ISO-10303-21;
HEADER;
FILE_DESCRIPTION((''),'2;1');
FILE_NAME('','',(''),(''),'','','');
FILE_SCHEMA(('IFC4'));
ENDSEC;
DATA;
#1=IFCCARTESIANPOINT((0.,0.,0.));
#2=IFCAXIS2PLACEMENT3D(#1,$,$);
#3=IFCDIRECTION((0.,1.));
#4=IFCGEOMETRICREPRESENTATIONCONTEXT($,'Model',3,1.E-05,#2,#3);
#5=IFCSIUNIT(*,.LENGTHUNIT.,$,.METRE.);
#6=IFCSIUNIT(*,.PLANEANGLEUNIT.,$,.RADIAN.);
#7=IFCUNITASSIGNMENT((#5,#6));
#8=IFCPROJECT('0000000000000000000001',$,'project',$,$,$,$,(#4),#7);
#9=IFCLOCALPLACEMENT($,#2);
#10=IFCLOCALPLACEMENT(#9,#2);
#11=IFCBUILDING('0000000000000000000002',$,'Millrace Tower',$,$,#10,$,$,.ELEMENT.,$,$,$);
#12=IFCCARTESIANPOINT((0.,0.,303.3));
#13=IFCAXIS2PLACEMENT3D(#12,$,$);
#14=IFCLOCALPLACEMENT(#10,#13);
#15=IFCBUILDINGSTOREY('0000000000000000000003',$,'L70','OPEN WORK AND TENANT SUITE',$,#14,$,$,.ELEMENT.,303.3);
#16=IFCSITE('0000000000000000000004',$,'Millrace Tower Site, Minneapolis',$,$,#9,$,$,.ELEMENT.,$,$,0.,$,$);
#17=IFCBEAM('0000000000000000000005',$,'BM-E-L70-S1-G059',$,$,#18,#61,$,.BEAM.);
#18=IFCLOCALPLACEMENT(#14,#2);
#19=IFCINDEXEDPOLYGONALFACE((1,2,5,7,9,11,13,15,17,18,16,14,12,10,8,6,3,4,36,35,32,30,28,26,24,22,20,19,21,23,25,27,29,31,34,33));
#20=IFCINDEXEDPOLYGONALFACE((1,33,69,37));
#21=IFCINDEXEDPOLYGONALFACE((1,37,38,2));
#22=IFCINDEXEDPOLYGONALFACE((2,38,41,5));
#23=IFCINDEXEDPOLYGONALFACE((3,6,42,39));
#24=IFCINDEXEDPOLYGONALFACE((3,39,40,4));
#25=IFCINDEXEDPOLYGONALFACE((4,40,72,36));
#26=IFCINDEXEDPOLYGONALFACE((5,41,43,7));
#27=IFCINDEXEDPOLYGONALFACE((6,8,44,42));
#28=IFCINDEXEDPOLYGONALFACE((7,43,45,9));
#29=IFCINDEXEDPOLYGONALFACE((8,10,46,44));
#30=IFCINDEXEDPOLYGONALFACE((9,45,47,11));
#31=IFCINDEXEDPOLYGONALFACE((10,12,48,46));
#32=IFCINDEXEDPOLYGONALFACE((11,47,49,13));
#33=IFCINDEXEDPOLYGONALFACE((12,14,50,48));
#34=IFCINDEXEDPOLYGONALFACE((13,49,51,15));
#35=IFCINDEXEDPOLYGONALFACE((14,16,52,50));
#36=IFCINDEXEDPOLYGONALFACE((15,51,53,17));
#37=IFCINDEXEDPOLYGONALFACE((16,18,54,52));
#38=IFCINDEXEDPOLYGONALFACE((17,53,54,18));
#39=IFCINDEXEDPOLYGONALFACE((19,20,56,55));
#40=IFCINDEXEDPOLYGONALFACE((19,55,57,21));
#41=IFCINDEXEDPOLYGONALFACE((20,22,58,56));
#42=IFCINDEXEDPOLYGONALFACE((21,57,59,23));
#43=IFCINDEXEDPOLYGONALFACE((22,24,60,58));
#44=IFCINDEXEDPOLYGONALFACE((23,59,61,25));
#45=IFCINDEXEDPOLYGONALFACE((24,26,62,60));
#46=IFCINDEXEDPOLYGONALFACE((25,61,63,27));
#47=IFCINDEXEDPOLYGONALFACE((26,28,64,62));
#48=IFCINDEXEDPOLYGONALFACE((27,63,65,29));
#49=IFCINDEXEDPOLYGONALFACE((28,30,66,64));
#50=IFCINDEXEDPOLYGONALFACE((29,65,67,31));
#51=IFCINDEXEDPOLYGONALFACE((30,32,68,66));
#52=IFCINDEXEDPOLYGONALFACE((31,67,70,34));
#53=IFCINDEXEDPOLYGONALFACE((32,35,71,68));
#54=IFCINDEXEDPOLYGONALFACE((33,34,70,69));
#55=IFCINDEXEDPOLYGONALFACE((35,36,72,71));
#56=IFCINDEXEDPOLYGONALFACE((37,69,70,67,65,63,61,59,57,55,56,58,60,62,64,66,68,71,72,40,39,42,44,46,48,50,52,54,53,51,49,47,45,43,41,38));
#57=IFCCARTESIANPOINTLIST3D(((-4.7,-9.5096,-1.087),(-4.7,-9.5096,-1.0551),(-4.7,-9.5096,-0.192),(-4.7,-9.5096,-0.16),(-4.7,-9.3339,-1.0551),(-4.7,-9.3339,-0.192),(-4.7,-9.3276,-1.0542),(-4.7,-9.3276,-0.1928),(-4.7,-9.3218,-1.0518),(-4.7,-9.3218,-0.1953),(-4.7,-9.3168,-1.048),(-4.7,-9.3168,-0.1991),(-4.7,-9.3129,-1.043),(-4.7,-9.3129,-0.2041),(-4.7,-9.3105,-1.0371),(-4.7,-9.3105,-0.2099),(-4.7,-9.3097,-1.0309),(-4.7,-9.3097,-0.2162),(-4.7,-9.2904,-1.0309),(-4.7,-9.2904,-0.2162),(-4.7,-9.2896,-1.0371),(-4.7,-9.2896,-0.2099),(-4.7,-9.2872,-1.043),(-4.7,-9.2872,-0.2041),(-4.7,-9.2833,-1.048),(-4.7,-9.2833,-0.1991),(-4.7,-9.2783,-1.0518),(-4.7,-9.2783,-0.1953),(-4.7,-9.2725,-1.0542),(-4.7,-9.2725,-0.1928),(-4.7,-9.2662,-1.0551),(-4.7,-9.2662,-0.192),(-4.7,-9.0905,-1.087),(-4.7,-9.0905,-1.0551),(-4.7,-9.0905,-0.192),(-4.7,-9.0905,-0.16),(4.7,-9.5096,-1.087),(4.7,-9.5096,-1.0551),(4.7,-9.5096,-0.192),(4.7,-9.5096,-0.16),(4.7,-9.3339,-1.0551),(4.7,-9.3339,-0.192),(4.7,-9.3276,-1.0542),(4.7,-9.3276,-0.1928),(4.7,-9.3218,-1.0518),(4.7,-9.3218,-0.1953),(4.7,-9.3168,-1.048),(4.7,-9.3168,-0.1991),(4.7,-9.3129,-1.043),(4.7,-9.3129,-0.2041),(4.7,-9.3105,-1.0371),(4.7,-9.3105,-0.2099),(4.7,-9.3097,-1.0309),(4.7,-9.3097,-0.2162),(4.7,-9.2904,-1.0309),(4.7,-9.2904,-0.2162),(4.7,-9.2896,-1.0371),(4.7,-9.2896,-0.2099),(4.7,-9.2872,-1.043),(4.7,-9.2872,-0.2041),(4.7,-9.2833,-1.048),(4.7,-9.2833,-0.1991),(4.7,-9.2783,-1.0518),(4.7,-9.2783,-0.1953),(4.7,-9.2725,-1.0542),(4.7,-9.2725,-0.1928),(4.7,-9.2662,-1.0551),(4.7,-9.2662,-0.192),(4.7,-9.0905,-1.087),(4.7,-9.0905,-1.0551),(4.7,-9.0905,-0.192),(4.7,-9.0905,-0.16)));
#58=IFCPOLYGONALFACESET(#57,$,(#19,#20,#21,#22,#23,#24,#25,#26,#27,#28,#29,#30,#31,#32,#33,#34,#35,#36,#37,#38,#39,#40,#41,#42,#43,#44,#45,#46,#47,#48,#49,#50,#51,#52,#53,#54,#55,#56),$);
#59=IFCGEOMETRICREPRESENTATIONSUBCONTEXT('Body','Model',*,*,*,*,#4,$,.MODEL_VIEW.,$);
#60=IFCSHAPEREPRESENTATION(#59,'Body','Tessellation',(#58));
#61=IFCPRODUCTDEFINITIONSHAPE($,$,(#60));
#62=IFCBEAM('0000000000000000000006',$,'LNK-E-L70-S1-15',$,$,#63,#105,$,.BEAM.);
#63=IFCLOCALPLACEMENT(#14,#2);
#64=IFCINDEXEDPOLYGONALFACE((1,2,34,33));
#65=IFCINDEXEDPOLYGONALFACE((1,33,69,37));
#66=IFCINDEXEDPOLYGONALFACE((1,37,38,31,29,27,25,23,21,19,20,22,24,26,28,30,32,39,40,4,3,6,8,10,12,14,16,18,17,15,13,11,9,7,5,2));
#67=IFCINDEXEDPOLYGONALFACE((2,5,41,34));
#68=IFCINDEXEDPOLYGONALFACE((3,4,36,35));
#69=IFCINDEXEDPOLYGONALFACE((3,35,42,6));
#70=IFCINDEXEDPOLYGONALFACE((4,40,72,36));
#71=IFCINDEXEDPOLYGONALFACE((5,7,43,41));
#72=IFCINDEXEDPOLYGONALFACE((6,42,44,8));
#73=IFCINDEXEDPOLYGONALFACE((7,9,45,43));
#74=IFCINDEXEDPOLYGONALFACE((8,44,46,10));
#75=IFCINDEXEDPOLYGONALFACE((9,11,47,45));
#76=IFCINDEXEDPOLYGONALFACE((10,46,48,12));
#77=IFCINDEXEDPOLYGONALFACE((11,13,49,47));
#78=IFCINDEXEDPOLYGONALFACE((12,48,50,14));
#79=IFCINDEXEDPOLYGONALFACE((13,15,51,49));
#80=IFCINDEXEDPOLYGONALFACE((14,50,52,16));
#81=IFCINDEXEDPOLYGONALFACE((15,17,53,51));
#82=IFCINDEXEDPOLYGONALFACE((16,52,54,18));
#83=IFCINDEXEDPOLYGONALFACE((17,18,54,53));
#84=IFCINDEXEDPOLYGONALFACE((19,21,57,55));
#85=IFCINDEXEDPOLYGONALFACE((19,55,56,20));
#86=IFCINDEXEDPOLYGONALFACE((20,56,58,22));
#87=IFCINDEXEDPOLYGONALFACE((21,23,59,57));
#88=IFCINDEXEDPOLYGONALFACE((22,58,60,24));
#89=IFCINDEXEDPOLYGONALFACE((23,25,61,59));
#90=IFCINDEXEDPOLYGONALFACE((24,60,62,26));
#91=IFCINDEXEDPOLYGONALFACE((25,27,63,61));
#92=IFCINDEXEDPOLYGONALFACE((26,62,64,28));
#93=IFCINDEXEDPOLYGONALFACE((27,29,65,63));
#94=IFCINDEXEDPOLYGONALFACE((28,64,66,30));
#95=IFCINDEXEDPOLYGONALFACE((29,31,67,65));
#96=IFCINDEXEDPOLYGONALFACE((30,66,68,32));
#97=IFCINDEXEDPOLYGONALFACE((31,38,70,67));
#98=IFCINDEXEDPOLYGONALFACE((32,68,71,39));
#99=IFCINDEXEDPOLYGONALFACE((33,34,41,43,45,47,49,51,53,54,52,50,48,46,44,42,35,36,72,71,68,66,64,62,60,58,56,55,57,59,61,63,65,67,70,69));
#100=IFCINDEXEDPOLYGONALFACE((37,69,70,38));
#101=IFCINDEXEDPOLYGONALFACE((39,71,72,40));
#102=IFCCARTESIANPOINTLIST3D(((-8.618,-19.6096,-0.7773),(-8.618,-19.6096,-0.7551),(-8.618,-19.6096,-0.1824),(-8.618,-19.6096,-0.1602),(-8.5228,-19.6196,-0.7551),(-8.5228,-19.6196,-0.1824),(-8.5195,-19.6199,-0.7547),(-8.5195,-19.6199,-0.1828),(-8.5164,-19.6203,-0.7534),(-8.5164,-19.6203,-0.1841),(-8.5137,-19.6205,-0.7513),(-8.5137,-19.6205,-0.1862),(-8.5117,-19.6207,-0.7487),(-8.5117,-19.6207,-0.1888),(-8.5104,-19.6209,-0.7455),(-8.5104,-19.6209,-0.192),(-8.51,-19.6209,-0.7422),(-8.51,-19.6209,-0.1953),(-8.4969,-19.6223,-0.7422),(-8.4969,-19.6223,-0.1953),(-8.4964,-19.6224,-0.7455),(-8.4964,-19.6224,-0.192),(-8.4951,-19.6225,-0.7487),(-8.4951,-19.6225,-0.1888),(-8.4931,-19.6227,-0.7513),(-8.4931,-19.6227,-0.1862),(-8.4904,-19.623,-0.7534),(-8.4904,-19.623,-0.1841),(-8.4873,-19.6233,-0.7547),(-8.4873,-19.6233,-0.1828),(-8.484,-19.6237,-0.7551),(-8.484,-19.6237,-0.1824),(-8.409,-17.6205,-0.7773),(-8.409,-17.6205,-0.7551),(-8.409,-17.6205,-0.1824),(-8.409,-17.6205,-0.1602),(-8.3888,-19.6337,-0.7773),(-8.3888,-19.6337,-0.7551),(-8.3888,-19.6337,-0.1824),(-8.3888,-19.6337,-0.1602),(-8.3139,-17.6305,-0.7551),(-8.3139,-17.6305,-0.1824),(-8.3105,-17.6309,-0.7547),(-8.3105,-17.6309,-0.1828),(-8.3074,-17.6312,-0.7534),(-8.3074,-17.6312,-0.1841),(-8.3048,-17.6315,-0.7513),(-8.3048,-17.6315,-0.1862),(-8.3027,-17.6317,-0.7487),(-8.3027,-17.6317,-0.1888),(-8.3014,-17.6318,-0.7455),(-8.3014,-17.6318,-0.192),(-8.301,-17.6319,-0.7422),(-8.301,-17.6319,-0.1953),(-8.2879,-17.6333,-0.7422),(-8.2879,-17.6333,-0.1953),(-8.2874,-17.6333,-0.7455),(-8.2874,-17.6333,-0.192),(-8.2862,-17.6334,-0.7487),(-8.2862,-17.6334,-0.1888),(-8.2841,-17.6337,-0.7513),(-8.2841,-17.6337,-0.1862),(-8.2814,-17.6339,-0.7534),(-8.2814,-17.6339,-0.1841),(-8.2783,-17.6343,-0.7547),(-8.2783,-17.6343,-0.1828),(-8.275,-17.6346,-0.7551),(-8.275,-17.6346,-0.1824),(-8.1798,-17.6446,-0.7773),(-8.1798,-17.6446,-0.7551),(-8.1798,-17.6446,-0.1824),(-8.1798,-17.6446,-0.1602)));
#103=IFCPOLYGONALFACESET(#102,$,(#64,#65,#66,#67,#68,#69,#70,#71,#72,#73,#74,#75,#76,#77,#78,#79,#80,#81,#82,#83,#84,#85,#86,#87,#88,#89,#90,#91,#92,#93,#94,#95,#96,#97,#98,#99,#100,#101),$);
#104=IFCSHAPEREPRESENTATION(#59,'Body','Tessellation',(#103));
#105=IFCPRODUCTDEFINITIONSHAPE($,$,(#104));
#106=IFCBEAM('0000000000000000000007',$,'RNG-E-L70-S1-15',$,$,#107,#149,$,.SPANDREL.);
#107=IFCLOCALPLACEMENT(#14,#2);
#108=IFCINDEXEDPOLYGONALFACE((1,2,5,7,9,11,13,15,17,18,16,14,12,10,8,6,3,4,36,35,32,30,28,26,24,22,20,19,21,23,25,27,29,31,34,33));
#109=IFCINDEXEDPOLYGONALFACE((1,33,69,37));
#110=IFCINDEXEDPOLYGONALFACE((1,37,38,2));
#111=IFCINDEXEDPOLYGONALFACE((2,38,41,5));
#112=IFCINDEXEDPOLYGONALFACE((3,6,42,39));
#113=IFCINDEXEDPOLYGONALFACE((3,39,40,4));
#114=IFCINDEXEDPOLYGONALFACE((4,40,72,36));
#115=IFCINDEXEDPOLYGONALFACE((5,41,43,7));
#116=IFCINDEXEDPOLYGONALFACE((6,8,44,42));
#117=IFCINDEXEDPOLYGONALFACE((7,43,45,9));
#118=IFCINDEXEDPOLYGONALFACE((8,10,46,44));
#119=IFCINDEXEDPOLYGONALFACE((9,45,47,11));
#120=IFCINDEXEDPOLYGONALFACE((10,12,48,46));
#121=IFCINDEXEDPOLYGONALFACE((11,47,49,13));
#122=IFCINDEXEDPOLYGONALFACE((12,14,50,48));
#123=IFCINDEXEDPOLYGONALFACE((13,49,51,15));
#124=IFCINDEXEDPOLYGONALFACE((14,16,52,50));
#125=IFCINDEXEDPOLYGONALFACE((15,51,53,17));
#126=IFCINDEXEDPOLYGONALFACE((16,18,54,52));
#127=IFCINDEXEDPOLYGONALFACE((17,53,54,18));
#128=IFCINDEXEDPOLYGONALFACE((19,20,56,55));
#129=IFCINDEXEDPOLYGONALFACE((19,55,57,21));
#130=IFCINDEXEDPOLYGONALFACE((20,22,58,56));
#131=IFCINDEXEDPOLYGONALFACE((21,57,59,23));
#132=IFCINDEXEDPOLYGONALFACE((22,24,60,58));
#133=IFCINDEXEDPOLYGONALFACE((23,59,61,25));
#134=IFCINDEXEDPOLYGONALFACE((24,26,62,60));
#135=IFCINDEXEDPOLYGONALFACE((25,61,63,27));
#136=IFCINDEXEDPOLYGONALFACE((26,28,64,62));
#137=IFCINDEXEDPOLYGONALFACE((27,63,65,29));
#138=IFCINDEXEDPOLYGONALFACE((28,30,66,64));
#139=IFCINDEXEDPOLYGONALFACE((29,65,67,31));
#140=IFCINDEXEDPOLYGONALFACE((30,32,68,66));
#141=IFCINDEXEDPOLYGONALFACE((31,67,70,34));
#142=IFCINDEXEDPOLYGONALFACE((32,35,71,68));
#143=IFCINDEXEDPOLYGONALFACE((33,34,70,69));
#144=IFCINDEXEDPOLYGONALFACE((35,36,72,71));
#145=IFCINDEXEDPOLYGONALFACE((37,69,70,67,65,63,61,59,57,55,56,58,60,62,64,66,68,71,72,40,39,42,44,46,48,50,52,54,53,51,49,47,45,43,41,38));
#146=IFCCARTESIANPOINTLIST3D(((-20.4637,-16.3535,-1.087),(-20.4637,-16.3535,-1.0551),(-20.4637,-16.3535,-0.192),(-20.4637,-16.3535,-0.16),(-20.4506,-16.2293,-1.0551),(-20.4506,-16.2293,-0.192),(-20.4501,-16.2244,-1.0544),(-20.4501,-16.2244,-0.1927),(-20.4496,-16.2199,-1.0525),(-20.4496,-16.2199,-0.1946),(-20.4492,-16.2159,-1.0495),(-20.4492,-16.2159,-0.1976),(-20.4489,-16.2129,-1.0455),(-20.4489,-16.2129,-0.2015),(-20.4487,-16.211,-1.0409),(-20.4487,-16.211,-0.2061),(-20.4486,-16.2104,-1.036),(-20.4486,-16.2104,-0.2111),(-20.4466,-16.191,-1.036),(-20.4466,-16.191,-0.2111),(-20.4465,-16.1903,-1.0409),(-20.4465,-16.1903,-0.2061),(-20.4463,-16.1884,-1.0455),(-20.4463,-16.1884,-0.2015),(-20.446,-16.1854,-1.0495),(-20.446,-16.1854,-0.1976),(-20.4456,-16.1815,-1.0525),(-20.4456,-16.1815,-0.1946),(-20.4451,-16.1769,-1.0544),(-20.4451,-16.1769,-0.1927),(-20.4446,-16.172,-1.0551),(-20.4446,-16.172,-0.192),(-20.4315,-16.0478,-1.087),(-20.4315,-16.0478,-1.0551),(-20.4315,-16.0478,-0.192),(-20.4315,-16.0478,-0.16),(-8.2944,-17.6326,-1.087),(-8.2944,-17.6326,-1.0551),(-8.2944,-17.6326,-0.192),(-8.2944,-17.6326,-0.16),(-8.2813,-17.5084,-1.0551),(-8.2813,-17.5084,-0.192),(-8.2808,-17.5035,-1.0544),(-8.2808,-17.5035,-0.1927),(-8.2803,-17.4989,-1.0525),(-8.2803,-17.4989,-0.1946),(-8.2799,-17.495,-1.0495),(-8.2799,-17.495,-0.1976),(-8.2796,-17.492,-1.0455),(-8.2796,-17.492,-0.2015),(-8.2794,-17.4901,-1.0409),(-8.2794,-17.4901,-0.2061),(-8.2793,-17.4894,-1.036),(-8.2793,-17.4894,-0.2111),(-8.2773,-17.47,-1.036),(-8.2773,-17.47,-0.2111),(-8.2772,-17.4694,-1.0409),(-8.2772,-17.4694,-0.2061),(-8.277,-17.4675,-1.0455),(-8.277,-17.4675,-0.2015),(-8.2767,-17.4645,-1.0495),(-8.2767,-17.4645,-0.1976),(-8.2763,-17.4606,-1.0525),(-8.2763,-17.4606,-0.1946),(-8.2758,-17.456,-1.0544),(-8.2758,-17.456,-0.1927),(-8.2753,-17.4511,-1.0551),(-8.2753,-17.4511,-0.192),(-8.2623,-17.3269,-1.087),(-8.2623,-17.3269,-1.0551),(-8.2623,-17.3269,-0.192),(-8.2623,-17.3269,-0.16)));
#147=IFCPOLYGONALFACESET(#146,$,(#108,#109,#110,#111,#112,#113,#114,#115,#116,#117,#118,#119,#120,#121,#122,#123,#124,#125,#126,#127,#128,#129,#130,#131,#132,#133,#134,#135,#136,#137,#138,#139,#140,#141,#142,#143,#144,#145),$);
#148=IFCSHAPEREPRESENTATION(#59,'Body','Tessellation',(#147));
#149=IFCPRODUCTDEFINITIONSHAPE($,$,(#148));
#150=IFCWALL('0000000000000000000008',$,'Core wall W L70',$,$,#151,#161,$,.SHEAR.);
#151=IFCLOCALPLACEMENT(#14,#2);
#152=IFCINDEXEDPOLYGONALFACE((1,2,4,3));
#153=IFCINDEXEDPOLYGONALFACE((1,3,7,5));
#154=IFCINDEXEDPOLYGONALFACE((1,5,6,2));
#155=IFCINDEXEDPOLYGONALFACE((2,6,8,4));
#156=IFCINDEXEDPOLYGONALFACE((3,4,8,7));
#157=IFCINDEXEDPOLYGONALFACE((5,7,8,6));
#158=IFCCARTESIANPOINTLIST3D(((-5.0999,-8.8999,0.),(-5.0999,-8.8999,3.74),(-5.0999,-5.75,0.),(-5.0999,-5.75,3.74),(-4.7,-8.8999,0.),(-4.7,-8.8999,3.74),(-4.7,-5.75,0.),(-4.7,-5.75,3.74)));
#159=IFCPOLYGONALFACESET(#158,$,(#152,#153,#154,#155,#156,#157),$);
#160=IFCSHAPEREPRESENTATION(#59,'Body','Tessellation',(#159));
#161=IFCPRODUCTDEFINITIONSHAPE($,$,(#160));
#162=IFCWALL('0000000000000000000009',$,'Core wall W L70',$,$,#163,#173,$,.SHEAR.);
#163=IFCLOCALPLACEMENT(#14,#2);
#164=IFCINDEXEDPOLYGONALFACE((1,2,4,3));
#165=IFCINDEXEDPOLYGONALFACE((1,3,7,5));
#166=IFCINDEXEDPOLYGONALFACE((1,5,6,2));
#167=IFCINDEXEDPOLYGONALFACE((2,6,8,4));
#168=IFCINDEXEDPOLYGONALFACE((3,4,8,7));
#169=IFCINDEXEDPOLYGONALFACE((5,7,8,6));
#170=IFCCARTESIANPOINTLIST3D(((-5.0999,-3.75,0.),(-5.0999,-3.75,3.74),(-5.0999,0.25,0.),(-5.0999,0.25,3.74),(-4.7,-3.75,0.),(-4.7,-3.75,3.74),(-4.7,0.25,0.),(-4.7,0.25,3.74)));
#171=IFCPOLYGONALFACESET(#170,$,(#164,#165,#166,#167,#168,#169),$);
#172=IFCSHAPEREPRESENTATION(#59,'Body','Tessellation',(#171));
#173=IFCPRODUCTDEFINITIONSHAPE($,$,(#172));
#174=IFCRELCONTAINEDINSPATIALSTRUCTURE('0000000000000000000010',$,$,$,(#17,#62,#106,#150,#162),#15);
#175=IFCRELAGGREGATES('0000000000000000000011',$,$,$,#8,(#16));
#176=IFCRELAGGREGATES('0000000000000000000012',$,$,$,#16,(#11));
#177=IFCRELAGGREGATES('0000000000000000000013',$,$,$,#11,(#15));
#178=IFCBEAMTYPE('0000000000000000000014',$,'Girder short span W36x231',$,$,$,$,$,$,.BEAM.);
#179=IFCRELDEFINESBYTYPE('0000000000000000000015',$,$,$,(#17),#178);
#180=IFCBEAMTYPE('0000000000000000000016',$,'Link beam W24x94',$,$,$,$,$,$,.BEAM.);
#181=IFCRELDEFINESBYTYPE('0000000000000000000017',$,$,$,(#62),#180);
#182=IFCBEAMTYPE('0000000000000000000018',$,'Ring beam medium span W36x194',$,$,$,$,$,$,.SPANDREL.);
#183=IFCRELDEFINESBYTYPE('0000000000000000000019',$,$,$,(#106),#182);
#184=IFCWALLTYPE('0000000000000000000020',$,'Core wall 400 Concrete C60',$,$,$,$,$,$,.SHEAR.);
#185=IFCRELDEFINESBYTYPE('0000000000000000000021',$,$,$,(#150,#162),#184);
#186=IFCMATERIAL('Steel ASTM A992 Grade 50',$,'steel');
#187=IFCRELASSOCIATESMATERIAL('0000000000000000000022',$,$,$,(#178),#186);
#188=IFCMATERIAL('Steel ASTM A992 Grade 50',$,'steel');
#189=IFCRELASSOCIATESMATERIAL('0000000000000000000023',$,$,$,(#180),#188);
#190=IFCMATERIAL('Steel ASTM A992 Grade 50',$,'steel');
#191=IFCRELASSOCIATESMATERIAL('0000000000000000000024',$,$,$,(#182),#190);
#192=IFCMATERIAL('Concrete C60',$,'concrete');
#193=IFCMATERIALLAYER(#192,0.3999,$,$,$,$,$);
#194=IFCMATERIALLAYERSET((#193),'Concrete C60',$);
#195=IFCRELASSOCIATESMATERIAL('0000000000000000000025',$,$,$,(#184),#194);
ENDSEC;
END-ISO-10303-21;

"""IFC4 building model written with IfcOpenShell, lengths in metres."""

from ifc_helpers import new_model, si_unit, direction, frame, frame_2d, origin, origin_2d, place, context, subcontext, project, spatial, rectangle, i_section, extrude, material, layer, layer_set, material_profile, profile_set, type_object, element, save


model = new_model("IFC4")

# Units and contexts
model_context = context("Model", 3, precision=1e-05, world=origin(), true_north=direction((0.0, 1.0)))
body_context = subcontext(model_context, "Body", "Model", "MODEL_VIEW")
ifc_project = project(units=[si_unit("LENGTHUNIT", "METRE"), si_unit("PLANEANGLEUNIT", "RADIAN")], contexts=[model_context])

# Site, building, storey
site_placement = place(None, origin())
site = spatial("IfcSite", under=ifc_project, at=site_placement, Name="Millrace Tower Site, Minneapolis", CompositionType="ELEMENT", RefElevation=0.0)
building_placement = place(site_placement, origin())
building = spatial("IfcBuilding", under=site, at=building_placement, Name="Millrace Tower", CompositionType="ELEMENT")
storey_placement = place(building_placement, frame((0.0, 0.0, 303.3)))
storey = spatial("IfcBuildingStorey", under=building, at=storey_placement, Name="L70", Description="OPEN WORK AND TENANT SUITE", CompositionType="ELEMENT", Elevation=303.3)

# Beams
ifc_material_1 = material(Name="Steel ASTM A992 Grade 50", Category="steel")
ifc_material_profile_1 = material_profile(ifc_material_1, i_section(OverallWidth=0.4192, OverallDepth=0.927, WebThickness=0.0193, FlangeThickness=0.032, FilletRadius=0.0242, at=origin_2d()))
ifc_profile_set_1 = profile_set([ifc_material_profile_1], Name="Steel ASTM A992 Grade 50")
beam_type_1 = type_object("IfcBeamType", Name="Girder short span W36x231", PredefinedType="BEAM", material=ifc_profile_set_1)
beam_1_placement = place(storey_placement, frame((-4.7, -9.3, -0.6235), z_axis=(1.0, 0.0, 0.0), x_axis=(0.0, 1.0, 0.0)))
element("IfcBeam", 1, at=beam_1_placement, inside=storey, type_object=beam_type_1, Name="BM-E-L70-S1-G059", PredefinedType="BEAM", context=body_context, shape_type="SweptSolid", body=[
    extrude(i_section(OverallWidth=0.4192, OverallDepth=0.927, WebThickness=0.0193, FlangeThickness=0.032, FilletRadius=0.0242, at=origin_2d()), origin(), (0.0, 0.0, 1.0), 9.3999),
])
ifc_material_2 = material(Name="Steel ASTM A992 Grade 50", Category="steel")
ifc_material_profile_2 = material_profile(ifc_material_2, i_section(OverallWidth=0.2305, OverallDepth=0.6172, WebThickness=0.0132, FlangeThickness=0.0222, FilletRadius=0.0129, at=origin_2d()))
ifc_profile_set_2 = profile_set([ifc_material_profile_2], Name="Steel ASTM A992 Grade 50")
beam_type_2 = type_object("IfcBeamType", Name="Link beam W24x94", PredefinedType="BEAM", material=ifc_profile_set_2)
beam_2_placement = place(storey_placement, frame((-8.2944, -17.6326, -0.4688), z_axis=(-0.104494, -0.994526, 0.0), x_axis=(0.994526, -0.104494, 0.0)))
element("IfcBeam", 2, at=beam_2_placement, inside=storey, type_object=beam_type_2, Name="LNK-E-L70-S1-15", PredefinedType="BEAM", context=body_context, shape_type="SweptSolid", body=[
    extrude(i_section(OverallWidth=0.2305, OverallDepth=0.6172, WebThickness=0.0132, FlangeThickness=0.0222, FilletRadius=0.0129, at=origin_2d()), origin(), (0.0, 0.0, 1.0), 2.0),
])
ifc_material_3 = material(Name="Steel ASTM A992 Grade 50", Category="steel")
ifc_material_profile_3 = material_profile(ifc_material_3, i_section(OverallWidth=0.3074, OverallDepth=0.927, WebThickness=0.0195, FlangeThickness=0.032, FilletRadius=0.019, at=origin_2d()))
ifc_profile_set_3 = profile_set([ifc_material_profile_3], Name="Steel ASTM A992 Grade 50")
beam_type_3 = type_object("IfcBeamType", Name="Ring beam medium span W36x194", PredefinedType="SPANDREL", material=ifc_profile_set_3)
beam_3_placement = place(storey_placement, frame((-8.2783, -17.4797, -0.6235), z_axis=(-0.994522, 0.10453, 0.0), x_axis=(-0.10453, -0.994522, 0.0)))
element("IfcBeam", 3, at=beam_3_placement, inside=storey, type_object=beam_type_3, Name="RNG-E-L70-S1-15", PredefinedType="SPANDREL", context=body_context, shape_type="SweptSolid", body=[
    extrude(i_section(OverallWidth=0.3074, OverallDepth=0.927, WebThickness=0.0195, FlangeThickness=0.032, FilletRadius=0.019, at=origin_2d()), origin(), (0.0, 0.0, 1.0), 12.2363),
])

# Walls
ifc_material_4 = material(Name="Concrete C60", Category="concrete")
ifc_layer_1 = layer(ifc_material_4, 0.3999)
ifc_layer_set_1 = layer_set([ifc_layer_1], Name="Concrete C60")
wall_type_1 = type_object("IfcWallType", Name="Core wall 400 Concrete C60", PredefinedType="SHEAR", material=ifc_layer_set_1)
wall_1_placement = place(storey_placement, frame((-4.8999, -8.8999, 0.0), z_axis=(0.0, 0.0, 1.0), x_axis=(0.0, 1.0, 0.0)))
element("IfcWall", 4, at=wall_1_placement, inside=storey, type_object=wall_type_1, Name="Core wall W L70", PredefinedType="SHEAR", context=body_context, shape_type="SweptSolid", body=[
    extrude(rectangle(XDim=3.1499, YDim=0.3999, at=frame_2d((1.575, 0.0))), origin(), (0.0, 0.0, 1.0), 3.74),
])
wall_2_placement = place(storey_placement, frame((-4.8999, -3.75, 0.0), z_axis=(0.0, 0.0, 1.0), x_axis=(0.0, 1.0, 0.0)))
element("IfcWall", 5, at=wall_2_placement, inside=storey, type_object=wall_type_1, Name="Core wall W L70", PredefinedType="SHEAR", context=body_context, shape_type="SweptSolid", body=[
    extrude(rectangle(XDim=4.0, YDim=0.3999, at=frame_2d((2.0, 0.0))), origin(), (0.0, 0.0, 1.0), 3.74),
])

save(model, "model.ifc")
